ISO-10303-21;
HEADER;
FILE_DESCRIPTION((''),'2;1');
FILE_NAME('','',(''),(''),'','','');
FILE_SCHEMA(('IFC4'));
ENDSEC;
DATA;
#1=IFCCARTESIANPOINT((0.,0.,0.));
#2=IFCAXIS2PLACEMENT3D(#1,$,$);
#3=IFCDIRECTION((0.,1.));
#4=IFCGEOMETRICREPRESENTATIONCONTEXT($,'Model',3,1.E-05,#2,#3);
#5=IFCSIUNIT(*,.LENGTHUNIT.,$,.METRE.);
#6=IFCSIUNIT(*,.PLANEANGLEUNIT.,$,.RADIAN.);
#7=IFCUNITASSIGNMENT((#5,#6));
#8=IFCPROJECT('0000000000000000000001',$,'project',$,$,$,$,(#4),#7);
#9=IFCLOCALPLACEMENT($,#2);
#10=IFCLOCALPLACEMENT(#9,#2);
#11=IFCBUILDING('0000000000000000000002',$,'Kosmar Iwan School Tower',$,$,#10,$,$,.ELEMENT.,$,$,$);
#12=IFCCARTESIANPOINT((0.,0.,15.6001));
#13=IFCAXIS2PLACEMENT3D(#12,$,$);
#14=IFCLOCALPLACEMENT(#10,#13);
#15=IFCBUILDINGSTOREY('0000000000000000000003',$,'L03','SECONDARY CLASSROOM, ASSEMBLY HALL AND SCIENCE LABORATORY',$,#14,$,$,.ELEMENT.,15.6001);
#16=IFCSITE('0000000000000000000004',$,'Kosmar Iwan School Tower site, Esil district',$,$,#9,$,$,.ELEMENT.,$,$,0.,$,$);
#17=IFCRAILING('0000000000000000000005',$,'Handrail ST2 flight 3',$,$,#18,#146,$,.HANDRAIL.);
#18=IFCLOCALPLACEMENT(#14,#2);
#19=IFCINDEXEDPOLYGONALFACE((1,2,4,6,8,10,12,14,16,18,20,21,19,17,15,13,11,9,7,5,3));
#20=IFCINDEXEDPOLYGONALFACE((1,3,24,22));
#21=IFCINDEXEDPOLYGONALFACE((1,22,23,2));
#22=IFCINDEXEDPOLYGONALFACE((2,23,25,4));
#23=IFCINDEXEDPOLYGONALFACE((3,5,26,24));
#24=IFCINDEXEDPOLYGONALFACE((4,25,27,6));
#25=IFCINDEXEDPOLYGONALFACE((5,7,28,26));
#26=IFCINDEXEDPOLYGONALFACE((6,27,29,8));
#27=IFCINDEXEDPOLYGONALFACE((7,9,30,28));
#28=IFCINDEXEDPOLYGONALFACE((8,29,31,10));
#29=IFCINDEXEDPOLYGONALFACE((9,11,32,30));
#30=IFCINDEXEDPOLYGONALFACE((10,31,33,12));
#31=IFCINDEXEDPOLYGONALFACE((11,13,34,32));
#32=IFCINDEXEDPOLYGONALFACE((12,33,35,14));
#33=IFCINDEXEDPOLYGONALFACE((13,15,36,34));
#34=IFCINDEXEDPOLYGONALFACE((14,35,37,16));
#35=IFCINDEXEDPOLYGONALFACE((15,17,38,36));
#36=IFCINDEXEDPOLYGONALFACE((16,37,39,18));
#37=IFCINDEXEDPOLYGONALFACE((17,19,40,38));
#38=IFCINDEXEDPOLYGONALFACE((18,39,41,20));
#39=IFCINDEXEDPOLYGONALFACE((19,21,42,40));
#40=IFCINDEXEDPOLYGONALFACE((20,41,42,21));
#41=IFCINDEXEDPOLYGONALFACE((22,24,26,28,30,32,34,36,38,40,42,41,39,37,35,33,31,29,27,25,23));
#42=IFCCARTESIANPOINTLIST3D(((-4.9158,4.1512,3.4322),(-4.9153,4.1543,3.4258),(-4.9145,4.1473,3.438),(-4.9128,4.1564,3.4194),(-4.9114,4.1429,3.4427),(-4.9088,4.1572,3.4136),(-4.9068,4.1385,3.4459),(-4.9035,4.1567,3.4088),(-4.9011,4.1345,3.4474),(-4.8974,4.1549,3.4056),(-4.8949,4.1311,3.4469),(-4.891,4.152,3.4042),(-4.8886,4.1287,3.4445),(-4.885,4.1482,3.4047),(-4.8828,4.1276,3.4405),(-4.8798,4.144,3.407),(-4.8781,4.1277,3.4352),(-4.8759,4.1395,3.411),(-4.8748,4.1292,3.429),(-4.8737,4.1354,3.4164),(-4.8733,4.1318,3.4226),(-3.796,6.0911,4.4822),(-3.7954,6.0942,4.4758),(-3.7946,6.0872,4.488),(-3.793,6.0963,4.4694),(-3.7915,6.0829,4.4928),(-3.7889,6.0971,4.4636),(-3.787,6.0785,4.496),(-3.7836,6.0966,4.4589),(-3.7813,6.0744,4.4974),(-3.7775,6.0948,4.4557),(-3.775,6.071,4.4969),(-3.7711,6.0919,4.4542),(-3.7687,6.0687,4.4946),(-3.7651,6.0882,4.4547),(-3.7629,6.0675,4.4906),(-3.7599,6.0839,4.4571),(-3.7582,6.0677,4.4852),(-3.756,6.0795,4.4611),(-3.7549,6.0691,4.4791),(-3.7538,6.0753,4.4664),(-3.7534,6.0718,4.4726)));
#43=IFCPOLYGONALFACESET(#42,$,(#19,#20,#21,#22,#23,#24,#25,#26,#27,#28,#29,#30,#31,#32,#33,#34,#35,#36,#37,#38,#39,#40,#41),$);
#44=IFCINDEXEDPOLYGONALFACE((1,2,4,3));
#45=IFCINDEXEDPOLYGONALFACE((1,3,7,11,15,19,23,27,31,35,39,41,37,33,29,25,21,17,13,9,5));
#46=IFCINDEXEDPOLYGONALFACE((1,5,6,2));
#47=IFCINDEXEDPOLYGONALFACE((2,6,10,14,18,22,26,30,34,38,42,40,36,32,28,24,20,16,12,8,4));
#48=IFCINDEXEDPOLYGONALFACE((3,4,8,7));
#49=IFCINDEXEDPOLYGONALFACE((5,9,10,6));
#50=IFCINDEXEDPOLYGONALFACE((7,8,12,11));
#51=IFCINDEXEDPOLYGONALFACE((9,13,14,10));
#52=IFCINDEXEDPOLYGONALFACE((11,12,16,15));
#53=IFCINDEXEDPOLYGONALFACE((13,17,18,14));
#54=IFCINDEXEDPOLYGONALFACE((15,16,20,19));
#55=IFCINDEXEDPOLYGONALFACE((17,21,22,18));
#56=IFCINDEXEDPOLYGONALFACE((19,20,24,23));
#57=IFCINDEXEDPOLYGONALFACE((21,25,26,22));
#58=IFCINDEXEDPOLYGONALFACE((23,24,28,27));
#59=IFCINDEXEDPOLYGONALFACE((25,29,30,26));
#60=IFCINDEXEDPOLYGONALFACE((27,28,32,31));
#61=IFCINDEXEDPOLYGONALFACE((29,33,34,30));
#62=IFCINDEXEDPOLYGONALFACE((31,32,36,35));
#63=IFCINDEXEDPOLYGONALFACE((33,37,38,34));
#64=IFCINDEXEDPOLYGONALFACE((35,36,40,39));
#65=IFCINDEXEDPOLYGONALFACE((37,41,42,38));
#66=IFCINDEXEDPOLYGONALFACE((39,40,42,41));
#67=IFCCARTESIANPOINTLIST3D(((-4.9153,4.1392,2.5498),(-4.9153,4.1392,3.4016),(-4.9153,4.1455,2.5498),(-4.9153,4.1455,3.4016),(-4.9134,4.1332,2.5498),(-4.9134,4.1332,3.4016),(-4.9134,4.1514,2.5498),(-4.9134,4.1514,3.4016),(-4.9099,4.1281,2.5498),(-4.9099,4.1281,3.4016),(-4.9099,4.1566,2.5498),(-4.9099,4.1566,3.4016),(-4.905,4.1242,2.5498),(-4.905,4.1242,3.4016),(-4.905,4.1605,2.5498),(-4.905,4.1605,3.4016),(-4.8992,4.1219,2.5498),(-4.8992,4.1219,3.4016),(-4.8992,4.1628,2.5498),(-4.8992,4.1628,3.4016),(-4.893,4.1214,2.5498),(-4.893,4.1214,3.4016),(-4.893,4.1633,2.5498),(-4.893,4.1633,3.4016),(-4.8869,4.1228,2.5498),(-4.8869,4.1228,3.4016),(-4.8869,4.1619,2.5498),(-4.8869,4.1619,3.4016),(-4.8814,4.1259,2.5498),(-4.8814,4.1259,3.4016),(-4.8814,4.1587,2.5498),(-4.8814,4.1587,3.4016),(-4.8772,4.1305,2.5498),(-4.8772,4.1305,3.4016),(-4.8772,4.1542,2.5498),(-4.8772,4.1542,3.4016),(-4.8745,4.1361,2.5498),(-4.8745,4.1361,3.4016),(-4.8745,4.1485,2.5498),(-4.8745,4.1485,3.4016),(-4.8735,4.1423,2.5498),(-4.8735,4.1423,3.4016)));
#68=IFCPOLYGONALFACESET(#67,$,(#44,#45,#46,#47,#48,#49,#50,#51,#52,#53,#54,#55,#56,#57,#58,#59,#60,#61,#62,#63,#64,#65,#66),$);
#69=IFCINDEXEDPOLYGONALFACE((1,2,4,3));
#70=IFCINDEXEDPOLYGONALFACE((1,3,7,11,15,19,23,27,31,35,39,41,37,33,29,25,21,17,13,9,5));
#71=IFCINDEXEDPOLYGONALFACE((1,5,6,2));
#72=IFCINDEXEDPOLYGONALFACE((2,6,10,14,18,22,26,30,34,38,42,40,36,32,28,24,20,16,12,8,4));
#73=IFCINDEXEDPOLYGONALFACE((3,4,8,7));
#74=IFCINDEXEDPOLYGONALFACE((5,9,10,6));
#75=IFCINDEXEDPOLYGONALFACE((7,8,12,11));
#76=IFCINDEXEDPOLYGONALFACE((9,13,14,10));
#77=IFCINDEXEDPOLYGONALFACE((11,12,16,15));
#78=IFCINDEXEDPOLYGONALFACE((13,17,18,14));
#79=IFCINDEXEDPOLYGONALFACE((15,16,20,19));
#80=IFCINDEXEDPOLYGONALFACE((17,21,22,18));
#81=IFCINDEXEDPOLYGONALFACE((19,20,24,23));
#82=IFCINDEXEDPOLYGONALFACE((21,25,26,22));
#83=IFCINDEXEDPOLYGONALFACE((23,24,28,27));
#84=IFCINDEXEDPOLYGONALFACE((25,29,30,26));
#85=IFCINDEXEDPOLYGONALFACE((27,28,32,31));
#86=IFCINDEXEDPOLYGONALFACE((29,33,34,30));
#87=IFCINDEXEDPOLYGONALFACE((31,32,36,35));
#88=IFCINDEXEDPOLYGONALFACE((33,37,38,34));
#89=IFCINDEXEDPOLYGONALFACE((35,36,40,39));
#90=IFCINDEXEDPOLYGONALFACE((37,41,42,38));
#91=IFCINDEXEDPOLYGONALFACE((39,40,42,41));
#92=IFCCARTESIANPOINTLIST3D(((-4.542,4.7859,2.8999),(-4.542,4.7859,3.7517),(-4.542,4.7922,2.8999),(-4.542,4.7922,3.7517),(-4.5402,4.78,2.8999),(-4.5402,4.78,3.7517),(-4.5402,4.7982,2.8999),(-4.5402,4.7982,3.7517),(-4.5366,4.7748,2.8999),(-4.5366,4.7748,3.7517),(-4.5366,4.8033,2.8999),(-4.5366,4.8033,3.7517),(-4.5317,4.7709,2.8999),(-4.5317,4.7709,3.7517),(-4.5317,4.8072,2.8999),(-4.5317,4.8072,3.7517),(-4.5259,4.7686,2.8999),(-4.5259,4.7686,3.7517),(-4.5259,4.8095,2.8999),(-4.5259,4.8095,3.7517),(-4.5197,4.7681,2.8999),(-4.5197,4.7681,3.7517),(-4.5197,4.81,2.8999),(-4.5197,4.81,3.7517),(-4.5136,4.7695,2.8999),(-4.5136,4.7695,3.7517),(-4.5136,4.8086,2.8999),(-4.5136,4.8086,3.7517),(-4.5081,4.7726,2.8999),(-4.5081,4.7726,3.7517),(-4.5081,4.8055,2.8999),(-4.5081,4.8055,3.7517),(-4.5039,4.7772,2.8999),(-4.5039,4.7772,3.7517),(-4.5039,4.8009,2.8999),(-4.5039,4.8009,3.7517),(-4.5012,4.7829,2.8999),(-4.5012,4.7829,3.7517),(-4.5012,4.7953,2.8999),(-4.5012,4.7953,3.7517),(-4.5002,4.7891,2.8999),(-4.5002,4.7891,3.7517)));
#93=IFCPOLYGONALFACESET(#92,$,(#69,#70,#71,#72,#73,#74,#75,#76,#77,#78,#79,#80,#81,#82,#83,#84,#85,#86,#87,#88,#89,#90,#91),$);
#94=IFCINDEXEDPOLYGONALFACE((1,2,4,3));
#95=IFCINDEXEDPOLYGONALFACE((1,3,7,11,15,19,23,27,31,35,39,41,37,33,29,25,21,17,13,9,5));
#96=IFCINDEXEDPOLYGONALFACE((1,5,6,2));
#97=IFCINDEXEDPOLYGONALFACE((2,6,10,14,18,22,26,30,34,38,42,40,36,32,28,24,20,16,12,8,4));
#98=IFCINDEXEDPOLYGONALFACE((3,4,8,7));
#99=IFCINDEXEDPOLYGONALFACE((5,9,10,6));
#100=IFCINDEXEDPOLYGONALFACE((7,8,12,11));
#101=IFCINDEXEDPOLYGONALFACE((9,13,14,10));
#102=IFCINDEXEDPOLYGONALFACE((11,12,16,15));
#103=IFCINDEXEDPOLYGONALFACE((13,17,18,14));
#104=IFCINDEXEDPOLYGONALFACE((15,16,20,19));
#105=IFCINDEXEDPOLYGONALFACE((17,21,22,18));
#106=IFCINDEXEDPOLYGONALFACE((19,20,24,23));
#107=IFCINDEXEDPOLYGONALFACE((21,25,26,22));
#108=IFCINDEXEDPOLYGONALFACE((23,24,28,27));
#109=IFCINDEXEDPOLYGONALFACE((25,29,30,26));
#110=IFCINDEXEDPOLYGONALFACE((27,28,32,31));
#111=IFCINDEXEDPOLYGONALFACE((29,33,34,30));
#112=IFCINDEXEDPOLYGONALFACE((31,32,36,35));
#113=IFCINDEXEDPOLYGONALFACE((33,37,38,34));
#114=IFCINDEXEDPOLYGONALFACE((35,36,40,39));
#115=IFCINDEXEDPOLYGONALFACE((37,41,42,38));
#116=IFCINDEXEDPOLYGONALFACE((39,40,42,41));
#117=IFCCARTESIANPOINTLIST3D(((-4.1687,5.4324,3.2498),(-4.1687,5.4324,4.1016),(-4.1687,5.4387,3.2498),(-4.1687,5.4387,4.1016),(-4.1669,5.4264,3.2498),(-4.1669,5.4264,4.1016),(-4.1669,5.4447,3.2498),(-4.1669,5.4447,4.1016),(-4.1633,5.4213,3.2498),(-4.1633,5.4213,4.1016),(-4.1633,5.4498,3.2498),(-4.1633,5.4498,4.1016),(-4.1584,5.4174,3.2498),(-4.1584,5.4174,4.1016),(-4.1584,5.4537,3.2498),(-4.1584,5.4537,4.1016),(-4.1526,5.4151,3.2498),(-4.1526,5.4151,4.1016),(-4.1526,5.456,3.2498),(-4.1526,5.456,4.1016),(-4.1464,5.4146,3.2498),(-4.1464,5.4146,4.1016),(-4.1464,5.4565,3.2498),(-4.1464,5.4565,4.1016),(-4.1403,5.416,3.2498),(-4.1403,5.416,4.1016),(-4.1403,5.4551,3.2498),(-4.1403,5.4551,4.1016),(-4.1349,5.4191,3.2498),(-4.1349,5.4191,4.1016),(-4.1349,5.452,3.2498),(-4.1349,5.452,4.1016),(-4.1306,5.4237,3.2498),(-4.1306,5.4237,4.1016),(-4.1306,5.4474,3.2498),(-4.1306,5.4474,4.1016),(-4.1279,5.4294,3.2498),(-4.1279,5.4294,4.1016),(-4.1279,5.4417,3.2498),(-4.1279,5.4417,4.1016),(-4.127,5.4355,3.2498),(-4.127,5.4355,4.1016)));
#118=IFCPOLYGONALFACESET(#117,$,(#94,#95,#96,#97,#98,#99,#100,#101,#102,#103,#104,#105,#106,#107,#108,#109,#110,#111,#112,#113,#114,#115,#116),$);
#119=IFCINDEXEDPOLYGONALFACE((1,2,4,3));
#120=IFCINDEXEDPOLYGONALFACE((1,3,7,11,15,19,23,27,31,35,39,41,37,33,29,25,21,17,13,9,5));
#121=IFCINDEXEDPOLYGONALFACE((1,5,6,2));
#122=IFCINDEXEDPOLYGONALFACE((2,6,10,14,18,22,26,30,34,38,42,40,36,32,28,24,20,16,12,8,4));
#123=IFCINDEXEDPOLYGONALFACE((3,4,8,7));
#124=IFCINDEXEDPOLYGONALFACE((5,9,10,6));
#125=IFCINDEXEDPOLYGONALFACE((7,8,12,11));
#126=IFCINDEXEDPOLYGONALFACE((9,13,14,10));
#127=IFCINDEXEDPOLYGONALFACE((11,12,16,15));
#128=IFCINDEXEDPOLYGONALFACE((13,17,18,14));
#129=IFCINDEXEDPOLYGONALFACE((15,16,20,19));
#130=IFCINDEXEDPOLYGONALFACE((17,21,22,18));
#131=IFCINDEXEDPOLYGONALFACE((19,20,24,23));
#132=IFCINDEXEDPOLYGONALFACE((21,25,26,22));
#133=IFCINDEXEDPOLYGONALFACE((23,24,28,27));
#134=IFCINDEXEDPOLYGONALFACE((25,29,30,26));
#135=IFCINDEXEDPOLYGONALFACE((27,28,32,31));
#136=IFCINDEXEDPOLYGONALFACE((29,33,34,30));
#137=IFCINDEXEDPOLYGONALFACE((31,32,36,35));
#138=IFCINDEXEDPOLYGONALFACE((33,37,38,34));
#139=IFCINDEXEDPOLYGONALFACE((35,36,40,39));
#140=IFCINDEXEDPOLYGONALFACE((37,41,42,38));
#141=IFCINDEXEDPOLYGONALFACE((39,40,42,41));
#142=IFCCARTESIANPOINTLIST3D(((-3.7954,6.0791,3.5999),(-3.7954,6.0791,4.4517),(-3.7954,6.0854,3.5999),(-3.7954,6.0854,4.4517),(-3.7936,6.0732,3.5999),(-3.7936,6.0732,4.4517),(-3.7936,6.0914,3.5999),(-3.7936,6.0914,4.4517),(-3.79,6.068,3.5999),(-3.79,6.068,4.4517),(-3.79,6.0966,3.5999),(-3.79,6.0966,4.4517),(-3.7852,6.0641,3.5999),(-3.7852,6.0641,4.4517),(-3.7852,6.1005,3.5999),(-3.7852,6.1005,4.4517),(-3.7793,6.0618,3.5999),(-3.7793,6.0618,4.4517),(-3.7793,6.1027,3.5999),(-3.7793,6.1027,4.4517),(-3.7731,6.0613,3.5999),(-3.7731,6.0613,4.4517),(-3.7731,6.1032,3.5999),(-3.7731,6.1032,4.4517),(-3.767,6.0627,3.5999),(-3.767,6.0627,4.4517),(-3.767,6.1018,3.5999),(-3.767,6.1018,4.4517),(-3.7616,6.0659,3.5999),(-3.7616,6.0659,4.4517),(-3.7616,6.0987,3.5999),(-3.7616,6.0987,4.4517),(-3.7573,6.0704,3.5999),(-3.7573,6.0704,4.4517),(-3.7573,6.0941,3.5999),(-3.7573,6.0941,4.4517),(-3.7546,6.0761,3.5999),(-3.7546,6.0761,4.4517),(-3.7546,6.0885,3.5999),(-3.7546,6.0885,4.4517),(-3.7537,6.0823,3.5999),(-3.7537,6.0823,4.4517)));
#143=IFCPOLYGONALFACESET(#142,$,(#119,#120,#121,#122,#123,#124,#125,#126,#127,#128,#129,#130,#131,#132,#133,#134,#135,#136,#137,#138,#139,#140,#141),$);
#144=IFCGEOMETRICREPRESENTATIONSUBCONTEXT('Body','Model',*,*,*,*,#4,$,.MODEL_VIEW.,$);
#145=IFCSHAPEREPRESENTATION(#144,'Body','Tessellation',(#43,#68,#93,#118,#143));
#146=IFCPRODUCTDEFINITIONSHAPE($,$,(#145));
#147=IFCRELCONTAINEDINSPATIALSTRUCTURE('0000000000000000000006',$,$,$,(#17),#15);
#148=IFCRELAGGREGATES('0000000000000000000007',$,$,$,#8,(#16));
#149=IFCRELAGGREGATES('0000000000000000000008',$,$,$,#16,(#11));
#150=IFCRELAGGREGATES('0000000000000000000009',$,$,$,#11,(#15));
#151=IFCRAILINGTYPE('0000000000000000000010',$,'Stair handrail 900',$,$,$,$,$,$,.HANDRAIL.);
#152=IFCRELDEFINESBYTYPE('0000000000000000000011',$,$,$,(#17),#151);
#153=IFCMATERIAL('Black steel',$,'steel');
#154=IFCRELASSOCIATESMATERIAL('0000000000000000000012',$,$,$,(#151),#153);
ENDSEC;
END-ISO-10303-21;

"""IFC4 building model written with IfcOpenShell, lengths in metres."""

from ifc_helpers import new_model, si_unit, direction, frame, origin, origin_2d, place, context, subcontext, project, spatial, circle, extrude, material, type_object, element, save


model = new_model("IFC4")

# Units and contexts
model_context = context("Model", 3, precision=1e-05, world=origin(), true_north=direction((0.0, 1.0)))
body_context = subcontext(model_context, "Body", "Model", "MODEL_VIEW")
ifc_project = project(units=[si_unit("LENGTHUNIT", "METRE"), si_unit("PLANEANGLEUNIT", "RADIAN")], contexts=[model_context])

# Site, building, storey
site_placement = place(None, origin())
site = spatial("IfcSite", under=ifc_project, at=site_placement, Name="Kosmar Iwan School Tower site, Esil district", CompositionType="ELEMENT", RefElevation=0.0)
building_placement = place(site_placement, origin())
building = spatial("IfcBuilding", under=site, at=building_placement, Name="Kosmar Iwan School Tower", CompositionType="ELEMENT")
storey_placement = place(building_placement, frame((0.0, 0.0, 15.6001)))
storey = spatial("IfcBuildingStorey", under=building, at=storey_placement, Name="L03", Description="SECONDARY CLASSROOM, ASSEMBLY HALL AND SCIENCE LABORATORY", CompositionType="ELEMENT", Elevation=15.6001)

# Railing
ifc_material_1 = material(Name="Black steel", Category="steel")
railing_type = type_object("IfcRailingType", Name="Stair handrail 900", PredefinedType="HANDRAIL", material=ifc_material_1)
railing_1_placement = place(storey_placement, frame((-4.8945, 4.1423, 2.5498)))
element("IfcRailing", 1, at=railing_1_placement, inside=storey, type_object=railing_type, Name="Handrail ST2 flight 3", PredefinedType="HANDRAIL", context=body_context, shape_type="SweptSolid", body=[
    extrude(circle(Radius=0.0239, at=origin_2d()), frame((0.0, 0.0, 0.876), z_axis=(0.452678, 0.784169, 0.424454), x_axis=(-0.866055, 0.499949, 0.0)), (0.0, 0.0, 1.0), 2.4739),
    extrude(circle(Radius=0.021, at=origin_2d()), origin(), (0.0, 0.0, 1.0), 0.8518),
    extrude(circle(Radius=0.021, at=origin_2d()), frame((0.3733, 0.6467, 0.3501)), (0.0, 0.0, 1.0), 0.8518),
    extrude(circle(Radius=0.021, at=origin_2d()), frame((0.7466, 1.2932, 0.7)), (0.0, 0.0, 1.0), 0.8518),
    extrude(circle(Radius=0.021, at=origin_2d()), frame((1.1199, 1.9399, 1.05)), (0.0, 0.0, 1.0), 0.8518),
])

save(model, "model.ifc")
